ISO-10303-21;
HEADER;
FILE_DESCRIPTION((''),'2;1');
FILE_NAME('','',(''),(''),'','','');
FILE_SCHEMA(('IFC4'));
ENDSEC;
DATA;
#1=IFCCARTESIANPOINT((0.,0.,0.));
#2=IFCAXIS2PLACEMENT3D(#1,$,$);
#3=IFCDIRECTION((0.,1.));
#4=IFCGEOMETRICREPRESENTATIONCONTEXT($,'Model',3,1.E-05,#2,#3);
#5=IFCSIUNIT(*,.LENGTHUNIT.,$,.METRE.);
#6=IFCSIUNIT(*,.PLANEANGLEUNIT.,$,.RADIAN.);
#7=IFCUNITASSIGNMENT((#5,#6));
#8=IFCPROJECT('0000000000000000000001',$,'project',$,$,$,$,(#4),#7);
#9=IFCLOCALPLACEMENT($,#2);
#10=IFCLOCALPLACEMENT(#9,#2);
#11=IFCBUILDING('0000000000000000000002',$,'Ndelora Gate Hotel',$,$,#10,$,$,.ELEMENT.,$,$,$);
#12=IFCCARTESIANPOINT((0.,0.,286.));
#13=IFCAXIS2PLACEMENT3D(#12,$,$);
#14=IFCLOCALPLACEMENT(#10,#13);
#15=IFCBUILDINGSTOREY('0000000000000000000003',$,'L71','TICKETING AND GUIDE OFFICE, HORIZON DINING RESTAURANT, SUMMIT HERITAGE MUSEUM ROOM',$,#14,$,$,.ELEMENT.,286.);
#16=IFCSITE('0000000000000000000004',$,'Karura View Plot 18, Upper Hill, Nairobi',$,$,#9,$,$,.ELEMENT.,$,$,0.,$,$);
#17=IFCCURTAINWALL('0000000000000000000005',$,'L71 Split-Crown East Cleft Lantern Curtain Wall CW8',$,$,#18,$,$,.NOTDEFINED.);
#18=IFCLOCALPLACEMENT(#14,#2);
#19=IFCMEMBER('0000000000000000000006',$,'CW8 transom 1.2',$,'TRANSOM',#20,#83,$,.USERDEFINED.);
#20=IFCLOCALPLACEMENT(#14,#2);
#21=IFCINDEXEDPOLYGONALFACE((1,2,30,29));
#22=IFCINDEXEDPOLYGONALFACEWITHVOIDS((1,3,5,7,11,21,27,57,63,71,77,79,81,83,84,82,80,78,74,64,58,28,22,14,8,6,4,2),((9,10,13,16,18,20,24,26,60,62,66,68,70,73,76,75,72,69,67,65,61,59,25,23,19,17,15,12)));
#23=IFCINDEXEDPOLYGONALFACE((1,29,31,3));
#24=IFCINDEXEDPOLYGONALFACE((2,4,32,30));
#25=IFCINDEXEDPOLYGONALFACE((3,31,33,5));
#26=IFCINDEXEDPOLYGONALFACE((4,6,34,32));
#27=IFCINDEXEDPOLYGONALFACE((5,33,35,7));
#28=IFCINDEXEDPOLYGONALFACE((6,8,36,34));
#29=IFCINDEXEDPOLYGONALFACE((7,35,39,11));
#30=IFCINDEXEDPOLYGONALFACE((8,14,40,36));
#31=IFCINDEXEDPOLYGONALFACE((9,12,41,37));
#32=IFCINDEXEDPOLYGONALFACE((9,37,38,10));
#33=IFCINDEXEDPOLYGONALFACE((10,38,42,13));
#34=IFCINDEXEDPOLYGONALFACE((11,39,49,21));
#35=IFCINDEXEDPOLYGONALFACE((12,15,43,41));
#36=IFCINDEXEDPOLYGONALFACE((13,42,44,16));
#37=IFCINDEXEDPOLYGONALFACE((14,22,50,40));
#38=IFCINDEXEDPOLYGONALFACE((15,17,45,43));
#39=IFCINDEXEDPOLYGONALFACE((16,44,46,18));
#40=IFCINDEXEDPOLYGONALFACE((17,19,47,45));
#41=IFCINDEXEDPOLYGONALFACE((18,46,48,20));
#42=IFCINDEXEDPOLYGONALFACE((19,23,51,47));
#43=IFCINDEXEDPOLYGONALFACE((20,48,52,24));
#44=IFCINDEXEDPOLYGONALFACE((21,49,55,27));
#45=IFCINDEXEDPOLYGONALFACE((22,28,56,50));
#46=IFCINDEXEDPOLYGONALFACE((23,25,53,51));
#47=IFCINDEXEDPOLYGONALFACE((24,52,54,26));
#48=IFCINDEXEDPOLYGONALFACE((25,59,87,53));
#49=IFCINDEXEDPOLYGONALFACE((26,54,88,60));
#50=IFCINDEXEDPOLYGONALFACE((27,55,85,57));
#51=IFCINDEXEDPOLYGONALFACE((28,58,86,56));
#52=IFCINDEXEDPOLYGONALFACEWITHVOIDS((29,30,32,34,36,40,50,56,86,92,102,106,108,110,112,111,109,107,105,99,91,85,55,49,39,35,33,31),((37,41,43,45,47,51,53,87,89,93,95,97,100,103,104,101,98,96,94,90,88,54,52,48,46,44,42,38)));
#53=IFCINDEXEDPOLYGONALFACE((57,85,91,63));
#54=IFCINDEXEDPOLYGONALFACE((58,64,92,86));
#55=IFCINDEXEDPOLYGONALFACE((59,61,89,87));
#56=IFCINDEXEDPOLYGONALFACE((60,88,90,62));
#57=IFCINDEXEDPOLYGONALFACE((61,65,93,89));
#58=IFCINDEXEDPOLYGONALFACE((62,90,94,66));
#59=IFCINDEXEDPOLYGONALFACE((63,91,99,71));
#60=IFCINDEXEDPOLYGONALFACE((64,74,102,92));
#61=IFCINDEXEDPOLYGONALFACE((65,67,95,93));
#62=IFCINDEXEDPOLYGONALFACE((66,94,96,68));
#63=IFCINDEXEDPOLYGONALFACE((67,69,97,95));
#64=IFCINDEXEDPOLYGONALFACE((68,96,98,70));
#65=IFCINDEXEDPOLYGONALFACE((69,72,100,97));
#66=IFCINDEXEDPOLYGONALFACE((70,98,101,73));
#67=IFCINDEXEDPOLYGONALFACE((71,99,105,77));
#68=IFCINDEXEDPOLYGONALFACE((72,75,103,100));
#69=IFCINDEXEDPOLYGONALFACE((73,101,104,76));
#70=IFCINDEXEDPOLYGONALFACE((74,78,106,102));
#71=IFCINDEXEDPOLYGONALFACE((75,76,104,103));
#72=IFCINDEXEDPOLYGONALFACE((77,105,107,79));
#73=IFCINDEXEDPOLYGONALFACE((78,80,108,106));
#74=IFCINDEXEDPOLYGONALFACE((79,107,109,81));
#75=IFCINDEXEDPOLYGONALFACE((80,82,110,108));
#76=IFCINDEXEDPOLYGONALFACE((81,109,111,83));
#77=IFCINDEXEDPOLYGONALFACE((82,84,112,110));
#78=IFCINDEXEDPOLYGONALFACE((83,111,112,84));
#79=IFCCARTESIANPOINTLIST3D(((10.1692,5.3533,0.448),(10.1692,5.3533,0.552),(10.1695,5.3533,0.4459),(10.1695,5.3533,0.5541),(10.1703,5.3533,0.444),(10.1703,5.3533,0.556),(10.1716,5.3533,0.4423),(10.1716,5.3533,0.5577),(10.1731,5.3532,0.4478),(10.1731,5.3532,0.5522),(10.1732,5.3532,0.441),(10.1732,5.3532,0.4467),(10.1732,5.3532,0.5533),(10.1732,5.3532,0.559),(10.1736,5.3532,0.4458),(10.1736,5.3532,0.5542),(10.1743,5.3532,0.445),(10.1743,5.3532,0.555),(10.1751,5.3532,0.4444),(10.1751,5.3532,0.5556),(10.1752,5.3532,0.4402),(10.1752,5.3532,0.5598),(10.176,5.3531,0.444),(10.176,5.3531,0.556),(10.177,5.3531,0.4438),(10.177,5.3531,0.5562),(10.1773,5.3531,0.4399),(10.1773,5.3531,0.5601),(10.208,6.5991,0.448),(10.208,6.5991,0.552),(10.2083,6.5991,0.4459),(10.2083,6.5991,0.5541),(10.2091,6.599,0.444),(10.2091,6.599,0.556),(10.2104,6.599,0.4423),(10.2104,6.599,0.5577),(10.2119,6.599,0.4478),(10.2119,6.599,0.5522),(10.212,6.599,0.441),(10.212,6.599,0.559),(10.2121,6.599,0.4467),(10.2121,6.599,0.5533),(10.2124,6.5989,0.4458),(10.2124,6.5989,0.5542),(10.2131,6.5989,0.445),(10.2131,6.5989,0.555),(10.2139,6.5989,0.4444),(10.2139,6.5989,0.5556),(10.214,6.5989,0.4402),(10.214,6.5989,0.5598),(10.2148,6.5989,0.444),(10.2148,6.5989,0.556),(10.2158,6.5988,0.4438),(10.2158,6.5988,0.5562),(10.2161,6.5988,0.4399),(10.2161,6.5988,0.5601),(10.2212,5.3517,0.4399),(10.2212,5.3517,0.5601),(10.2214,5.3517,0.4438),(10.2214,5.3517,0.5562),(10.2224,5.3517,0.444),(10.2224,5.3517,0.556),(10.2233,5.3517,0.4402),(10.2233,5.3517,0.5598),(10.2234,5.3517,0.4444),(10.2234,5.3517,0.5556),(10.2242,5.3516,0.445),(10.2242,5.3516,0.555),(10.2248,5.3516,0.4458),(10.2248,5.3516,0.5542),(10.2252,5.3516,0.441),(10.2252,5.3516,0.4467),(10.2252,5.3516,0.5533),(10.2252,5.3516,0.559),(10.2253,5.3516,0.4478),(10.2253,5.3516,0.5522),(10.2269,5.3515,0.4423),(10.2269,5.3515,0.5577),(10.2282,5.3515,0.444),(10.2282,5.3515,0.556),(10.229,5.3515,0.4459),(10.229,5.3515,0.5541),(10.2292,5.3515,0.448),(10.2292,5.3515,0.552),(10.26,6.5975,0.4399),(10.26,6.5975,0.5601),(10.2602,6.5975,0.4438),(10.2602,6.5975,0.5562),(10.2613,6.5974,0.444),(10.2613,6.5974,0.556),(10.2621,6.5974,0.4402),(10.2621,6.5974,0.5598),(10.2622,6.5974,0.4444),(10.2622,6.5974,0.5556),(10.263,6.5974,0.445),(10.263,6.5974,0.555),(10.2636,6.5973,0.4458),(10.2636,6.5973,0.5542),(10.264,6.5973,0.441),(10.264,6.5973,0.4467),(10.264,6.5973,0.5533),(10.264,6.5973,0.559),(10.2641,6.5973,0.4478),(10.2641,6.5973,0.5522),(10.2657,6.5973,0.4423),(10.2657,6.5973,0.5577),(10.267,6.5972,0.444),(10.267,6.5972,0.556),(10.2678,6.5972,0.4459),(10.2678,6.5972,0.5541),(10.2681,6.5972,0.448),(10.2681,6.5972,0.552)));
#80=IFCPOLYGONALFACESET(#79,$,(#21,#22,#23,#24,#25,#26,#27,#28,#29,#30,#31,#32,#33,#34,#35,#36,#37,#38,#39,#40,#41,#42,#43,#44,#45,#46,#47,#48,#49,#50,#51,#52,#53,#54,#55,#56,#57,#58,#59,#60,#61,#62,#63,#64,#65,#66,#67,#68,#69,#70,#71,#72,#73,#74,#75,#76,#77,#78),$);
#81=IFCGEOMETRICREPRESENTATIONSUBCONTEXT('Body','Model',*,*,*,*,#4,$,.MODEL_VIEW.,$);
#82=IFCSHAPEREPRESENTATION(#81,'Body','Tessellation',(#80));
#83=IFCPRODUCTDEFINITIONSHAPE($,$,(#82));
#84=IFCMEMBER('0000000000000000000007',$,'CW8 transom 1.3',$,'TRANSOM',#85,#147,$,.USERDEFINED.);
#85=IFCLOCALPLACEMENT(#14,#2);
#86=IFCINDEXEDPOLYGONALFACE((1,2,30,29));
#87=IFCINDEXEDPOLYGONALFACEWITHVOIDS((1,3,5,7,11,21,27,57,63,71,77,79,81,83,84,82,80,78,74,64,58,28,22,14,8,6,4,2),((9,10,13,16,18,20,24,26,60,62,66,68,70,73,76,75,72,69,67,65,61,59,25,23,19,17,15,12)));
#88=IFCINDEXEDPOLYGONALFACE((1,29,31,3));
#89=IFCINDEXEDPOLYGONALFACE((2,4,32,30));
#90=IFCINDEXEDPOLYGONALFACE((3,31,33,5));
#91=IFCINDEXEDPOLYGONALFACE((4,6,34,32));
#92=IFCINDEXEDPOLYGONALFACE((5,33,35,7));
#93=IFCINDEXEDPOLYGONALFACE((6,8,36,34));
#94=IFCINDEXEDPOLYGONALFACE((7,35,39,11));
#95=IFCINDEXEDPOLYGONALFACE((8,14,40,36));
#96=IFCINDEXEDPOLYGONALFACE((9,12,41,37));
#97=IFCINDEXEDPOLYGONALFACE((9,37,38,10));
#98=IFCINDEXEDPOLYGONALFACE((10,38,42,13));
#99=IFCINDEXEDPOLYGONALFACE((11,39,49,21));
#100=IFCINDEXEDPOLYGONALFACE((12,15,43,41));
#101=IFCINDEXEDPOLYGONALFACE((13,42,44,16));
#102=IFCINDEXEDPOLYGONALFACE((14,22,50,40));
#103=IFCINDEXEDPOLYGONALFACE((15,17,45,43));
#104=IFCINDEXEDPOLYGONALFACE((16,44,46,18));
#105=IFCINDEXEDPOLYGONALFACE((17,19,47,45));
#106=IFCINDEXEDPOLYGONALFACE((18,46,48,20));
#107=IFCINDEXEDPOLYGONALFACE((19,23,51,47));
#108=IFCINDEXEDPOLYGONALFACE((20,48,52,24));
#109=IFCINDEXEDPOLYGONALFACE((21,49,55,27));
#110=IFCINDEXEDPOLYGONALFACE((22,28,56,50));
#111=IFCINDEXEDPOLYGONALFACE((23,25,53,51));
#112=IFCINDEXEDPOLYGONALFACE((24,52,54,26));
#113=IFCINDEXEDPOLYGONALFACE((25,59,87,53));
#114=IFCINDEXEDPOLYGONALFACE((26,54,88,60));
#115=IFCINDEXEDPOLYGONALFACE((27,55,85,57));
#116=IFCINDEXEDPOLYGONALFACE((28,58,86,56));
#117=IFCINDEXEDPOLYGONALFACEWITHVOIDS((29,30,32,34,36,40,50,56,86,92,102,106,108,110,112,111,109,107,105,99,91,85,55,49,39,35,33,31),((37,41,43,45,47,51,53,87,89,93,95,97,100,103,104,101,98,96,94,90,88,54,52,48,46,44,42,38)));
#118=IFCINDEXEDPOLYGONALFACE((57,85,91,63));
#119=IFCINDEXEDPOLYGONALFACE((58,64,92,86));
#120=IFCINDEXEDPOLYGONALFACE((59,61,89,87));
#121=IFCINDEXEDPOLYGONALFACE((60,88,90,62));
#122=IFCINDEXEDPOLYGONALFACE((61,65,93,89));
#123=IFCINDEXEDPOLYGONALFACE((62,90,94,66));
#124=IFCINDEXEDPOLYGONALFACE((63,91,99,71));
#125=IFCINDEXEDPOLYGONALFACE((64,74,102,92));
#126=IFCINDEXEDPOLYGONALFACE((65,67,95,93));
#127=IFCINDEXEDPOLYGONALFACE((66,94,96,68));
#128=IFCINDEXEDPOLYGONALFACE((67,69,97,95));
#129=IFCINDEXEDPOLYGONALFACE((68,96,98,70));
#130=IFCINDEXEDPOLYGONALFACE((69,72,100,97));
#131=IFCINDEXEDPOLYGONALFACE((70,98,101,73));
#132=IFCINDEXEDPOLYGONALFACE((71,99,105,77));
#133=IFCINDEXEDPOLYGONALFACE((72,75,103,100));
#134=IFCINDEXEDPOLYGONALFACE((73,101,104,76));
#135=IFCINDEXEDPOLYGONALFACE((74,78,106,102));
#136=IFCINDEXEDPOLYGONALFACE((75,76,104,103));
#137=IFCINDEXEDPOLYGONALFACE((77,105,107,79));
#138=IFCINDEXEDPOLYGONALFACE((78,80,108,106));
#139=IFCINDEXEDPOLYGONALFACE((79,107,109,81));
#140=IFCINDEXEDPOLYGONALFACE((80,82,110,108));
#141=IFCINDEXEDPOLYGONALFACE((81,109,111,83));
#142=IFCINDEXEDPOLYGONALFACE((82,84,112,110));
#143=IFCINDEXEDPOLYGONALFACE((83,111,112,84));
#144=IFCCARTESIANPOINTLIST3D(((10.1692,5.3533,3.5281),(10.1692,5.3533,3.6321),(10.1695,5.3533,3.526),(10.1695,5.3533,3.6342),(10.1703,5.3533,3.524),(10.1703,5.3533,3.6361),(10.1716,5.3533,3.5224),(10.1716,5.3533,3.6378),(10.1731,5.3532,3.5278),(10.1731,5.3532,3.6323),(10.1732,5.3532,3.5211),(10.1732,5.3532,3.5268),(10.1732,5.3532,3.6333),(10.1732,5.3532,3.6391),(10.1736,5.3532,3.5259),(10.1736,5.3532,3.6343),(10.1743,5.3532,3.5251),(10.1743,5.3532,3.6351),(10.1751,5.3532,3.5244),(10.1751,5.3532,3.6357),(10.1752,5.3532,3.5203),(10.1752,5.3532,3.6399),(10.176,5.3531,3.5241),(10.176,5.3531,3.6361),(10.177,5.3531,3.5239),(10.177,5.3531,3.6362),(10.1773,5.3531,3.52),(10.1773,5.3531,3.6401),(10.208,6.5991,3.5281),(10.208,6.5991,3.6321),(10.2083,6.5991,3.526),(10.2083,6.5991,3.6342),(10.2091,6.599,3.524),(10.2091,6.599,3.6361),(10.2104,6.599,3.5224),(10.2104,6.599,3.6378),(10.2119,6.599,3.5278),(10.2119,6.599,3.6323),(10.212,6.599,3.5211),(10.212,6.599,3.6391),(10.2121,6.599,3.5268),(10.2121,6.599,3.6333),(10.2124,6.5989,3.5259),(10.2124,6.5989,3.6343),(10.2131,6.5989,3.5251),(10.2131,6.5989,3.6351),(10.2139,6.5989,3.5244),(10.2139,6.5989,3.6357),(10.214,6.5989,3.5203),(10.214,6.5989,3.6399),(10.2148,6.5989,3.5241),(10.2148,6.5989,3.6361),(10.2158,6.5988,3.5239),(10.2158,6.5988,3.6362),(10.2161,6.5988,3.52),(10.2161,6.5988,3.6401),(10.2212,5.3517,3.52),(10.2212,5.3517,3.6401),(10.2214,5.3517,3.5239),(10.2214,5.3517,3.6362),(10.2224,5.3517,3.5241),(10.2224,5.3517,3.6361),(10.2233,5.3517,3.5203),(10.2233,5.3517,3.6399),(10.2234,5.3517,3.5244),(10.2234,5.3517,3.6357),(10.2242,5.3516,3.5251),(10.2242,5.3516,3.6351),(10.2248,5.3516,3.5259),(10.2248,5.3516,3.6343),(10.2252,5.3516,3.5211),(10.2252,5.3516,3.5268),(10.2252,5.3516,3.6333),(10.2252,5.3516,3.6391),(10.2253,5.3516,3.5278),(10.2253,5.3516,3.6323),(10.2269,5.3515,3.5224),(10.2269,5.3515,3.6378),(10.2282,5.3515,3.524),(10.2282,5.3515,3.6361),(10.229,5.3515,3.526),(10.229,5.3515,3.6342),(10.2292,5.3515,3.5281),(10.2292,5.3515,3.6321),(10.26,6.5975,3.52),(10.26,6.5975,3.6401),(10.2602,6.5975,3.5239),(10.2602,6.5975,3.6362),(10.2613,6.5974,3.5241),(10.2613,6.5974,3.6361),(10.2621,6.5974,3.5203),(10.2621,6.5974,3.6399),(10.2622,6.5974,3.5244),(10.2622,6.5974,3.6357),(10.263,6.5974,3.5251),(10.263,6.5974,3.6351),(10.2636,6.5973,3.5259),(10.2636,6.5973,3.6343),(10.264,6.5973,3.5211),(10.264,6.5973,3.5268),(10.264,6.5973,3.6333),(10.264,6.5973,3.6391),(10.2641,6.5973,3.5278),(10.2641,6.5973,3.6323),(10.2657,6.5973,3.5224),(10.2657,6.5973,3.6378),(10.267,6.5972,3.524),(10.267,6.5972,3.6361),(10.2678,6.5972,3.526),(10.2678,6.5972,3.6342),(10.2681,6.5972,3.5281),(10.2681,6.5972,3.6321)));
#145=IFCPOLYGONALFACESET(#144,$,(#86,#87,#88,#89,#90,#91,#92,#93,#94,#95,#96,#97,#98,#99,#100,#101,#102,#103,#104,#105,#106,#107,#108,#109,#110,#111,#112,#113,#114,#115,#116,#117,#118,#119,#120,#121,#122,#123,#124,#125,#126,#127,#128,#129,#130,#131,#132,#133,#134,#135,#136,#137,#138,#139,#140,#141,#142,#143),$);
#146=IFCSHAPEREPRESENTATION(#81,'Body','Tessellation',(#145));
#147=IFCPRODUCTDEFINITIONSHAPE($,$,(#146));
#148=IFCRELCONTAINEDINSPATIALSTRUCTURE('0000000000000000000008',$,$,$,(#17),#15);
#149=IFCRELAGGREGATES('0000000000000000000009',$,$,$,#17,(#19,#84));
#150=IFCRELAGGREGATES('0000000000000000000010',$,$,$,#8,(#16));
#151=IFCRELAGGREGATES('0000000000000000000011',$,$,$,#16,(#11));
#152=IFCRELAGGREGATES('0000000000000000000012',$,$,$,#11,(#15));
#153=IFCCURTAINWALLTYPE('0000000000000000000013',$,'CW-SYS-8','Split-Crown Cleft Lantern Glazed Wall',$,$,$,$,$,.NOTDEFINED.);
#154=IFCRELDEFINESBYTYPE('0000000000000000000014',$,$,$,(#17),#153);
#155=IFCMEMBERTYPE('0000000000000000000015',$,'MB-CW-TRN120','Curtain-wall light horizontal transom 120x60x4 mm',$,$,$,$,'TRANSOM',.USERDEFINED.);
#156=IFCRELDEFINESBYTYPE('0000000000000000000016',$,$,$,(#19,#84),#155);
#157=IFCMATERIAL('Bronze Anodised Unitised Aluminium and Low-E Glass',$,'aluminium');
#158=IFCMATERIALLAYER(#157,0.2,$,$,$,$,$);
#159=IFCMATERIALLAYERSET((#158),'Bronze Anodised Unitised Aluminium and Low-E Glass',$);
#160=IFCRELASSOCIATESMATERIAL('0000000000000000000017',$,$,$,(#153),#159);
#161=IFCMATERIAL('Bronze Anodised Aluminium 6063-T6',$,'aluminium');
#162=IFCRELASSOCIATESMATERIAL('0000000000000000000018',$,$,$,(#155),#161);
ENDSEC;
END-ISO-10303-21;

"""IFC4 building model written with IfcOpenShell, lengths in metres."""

from ifc_helpers import new_model, si_unit, direction, frame, origin, origin_2d, place, context, subcontext, project, spatial, hollow_rectangle, extrude, material, layer, layer_set, material_profile, profile_set, type_object, element, aggregate, save


model = new_model("IFC4")

# Units and contexts
model_context = context("Model", 3, precision=1e-05, world=origin(), true_north=direction((0.0, 1.0)))
body_context = subcontext(model_context, "Body", "Model", "MODEL_VIEW")
ifc_project = project(units=[si_unit("LENGTHUNIT", "METRE"), si_unit("PLANEANGLEUNIT", "RADIAN")], contexts=[model_context])

# Site, building, storey
site_placement = place(None, origin())
site = spatial("IfcSite", under=ifc_project, at=site_placement, Name="Karura View Plot 18, Upper Hill, Nairobi", CompositionType="ELEMENT", RefElevation=0.0)
building_placement = place(site_placement, origin())
building = spatial("IfcBuilding", under=site, at=building_placement, Name="Ndelora Gate Hotel", CompositionType="ELEMENT")
storey_placement = place(building_placement, frame((0.0, 0.0, 286.0)))
storey = spatial("IfcBuildingStorey", under=building, at=storey_placement, Name="L71", Description="TICKETING AND GUIDE OFFICE, HORIZON DINING RESTAURANT, SUMMIT HERITAGE MUSEUM ROOM", CompositionType="ELEMENT", Elevation=286.0)

# Shared definitions
ifc_material_1 = material(Name="Bronze Anodised Unitised Aluminium and Low-E Glass", Category="aluminium")
ifc_layer_1 = layer(ifc_material_1, 0.2)
ifc_layer_set_1 = layer_set([ifc_layer_1], Name="Bronze Anodised Unitised Aluminium and Low-E Glass")
curtain_wall_type = type_object("IfcCurtainWallType", Name="CW-SYS-8", Description="Split-Crown Cleft Lantern Glazed Wall", PredefinedType="NOTDEFINED", material=ifc_layer_set_1)
ifc_material_2 = material(Name="Bronze Anodised Aluminium 6063-T6", Category="aluminium")

# Curtain wall, members
curtain_wall_1_placement = place(storey_placement, origin())
curtain_wall_1 = element("IfcCurtainWall", 1, at=curtain_wall_1_placement, inside=storey, type_object=curtain_wall_type, Name="L71 Split-Crown East Cleft Lantern Curtain Wall CW8", PredefinedType="NOTDEFINED")
ifc_material_profile_1 = material_profile(ifc_material_2, hollow_rectangle(XDim=0.0601, YDim=0.1201, WallThickness=0.0039, InnerFilletRadius=0.0039, OuterFilletRadius=0.0081, at=origin_2d()), Name="ALU 120x60x4")
ifc_profile_set_1 = profile_set([ifc_material_profile_1], Name="Bronze Anodised Aluminium 6063-T6")
member_type_1 = type_object("IfcMemberType", Name="MB-CW-TRN120", Description="Curtain-wall light horizontal transom 120x60x4 mm", ElementType="TRANSOM", PredefinedType="USERDEFINED", material=ifc_profile_set_1)
member_1_placement = place(storey_placement, frame((10.238, 6.5981, 0.5), z_axis=(-0.031143, -0.999515, 0.0), x_axis=(0.999515, -0.031143, 0.0)))
member_1 = element("IfcMember", 2, at=member_1_placement, type_object=member_type_1, Name="CW8 transom 1.2", ObjectType="TRANSOM", PredefinedType="USERDEFINED", context=body_context, shape_type="SweptSolid", body=[
    extrude(hollow_rectangle(XDim=0.0601, YDim=0.1201, WallThickness=0.0039, InnerFilletRadius=0.0039, OuterFilletRadius=0.0081, at=origin_2d()), origin(), (0.0, 0.0, 1.0), 1.2463),
])
member_2_placement = place(storey_placement, frame((10.238, 6.5981, 3.5801), z_axis=(-0.031143, -0.999515, 0.0), x_axis=(0.999515, -0.031143, 0.0)))
member_2 = element("IfcMember", 3, at=member_2_placement, type_object=member_type_1, Name="CW8 transom 1.3", ObjectType="TRANSOM", PredefinedType="USERDEFINED", context=body_context, shape_type="SweptSolid", body=[
    extrude(hollow_rectangle(XDim=0.0601, YDim=0.1201, WallThickness=0.0039, InnerFilletRadius=0.0039, OuterFilletRadius=0.0081, at=origin_2d()), origin(), (0.0, 0.0, 1.0), 1.2463),
])
aggregate(curtain_wall_1, [member_1, member_2])

save(model, "model.ifc")
